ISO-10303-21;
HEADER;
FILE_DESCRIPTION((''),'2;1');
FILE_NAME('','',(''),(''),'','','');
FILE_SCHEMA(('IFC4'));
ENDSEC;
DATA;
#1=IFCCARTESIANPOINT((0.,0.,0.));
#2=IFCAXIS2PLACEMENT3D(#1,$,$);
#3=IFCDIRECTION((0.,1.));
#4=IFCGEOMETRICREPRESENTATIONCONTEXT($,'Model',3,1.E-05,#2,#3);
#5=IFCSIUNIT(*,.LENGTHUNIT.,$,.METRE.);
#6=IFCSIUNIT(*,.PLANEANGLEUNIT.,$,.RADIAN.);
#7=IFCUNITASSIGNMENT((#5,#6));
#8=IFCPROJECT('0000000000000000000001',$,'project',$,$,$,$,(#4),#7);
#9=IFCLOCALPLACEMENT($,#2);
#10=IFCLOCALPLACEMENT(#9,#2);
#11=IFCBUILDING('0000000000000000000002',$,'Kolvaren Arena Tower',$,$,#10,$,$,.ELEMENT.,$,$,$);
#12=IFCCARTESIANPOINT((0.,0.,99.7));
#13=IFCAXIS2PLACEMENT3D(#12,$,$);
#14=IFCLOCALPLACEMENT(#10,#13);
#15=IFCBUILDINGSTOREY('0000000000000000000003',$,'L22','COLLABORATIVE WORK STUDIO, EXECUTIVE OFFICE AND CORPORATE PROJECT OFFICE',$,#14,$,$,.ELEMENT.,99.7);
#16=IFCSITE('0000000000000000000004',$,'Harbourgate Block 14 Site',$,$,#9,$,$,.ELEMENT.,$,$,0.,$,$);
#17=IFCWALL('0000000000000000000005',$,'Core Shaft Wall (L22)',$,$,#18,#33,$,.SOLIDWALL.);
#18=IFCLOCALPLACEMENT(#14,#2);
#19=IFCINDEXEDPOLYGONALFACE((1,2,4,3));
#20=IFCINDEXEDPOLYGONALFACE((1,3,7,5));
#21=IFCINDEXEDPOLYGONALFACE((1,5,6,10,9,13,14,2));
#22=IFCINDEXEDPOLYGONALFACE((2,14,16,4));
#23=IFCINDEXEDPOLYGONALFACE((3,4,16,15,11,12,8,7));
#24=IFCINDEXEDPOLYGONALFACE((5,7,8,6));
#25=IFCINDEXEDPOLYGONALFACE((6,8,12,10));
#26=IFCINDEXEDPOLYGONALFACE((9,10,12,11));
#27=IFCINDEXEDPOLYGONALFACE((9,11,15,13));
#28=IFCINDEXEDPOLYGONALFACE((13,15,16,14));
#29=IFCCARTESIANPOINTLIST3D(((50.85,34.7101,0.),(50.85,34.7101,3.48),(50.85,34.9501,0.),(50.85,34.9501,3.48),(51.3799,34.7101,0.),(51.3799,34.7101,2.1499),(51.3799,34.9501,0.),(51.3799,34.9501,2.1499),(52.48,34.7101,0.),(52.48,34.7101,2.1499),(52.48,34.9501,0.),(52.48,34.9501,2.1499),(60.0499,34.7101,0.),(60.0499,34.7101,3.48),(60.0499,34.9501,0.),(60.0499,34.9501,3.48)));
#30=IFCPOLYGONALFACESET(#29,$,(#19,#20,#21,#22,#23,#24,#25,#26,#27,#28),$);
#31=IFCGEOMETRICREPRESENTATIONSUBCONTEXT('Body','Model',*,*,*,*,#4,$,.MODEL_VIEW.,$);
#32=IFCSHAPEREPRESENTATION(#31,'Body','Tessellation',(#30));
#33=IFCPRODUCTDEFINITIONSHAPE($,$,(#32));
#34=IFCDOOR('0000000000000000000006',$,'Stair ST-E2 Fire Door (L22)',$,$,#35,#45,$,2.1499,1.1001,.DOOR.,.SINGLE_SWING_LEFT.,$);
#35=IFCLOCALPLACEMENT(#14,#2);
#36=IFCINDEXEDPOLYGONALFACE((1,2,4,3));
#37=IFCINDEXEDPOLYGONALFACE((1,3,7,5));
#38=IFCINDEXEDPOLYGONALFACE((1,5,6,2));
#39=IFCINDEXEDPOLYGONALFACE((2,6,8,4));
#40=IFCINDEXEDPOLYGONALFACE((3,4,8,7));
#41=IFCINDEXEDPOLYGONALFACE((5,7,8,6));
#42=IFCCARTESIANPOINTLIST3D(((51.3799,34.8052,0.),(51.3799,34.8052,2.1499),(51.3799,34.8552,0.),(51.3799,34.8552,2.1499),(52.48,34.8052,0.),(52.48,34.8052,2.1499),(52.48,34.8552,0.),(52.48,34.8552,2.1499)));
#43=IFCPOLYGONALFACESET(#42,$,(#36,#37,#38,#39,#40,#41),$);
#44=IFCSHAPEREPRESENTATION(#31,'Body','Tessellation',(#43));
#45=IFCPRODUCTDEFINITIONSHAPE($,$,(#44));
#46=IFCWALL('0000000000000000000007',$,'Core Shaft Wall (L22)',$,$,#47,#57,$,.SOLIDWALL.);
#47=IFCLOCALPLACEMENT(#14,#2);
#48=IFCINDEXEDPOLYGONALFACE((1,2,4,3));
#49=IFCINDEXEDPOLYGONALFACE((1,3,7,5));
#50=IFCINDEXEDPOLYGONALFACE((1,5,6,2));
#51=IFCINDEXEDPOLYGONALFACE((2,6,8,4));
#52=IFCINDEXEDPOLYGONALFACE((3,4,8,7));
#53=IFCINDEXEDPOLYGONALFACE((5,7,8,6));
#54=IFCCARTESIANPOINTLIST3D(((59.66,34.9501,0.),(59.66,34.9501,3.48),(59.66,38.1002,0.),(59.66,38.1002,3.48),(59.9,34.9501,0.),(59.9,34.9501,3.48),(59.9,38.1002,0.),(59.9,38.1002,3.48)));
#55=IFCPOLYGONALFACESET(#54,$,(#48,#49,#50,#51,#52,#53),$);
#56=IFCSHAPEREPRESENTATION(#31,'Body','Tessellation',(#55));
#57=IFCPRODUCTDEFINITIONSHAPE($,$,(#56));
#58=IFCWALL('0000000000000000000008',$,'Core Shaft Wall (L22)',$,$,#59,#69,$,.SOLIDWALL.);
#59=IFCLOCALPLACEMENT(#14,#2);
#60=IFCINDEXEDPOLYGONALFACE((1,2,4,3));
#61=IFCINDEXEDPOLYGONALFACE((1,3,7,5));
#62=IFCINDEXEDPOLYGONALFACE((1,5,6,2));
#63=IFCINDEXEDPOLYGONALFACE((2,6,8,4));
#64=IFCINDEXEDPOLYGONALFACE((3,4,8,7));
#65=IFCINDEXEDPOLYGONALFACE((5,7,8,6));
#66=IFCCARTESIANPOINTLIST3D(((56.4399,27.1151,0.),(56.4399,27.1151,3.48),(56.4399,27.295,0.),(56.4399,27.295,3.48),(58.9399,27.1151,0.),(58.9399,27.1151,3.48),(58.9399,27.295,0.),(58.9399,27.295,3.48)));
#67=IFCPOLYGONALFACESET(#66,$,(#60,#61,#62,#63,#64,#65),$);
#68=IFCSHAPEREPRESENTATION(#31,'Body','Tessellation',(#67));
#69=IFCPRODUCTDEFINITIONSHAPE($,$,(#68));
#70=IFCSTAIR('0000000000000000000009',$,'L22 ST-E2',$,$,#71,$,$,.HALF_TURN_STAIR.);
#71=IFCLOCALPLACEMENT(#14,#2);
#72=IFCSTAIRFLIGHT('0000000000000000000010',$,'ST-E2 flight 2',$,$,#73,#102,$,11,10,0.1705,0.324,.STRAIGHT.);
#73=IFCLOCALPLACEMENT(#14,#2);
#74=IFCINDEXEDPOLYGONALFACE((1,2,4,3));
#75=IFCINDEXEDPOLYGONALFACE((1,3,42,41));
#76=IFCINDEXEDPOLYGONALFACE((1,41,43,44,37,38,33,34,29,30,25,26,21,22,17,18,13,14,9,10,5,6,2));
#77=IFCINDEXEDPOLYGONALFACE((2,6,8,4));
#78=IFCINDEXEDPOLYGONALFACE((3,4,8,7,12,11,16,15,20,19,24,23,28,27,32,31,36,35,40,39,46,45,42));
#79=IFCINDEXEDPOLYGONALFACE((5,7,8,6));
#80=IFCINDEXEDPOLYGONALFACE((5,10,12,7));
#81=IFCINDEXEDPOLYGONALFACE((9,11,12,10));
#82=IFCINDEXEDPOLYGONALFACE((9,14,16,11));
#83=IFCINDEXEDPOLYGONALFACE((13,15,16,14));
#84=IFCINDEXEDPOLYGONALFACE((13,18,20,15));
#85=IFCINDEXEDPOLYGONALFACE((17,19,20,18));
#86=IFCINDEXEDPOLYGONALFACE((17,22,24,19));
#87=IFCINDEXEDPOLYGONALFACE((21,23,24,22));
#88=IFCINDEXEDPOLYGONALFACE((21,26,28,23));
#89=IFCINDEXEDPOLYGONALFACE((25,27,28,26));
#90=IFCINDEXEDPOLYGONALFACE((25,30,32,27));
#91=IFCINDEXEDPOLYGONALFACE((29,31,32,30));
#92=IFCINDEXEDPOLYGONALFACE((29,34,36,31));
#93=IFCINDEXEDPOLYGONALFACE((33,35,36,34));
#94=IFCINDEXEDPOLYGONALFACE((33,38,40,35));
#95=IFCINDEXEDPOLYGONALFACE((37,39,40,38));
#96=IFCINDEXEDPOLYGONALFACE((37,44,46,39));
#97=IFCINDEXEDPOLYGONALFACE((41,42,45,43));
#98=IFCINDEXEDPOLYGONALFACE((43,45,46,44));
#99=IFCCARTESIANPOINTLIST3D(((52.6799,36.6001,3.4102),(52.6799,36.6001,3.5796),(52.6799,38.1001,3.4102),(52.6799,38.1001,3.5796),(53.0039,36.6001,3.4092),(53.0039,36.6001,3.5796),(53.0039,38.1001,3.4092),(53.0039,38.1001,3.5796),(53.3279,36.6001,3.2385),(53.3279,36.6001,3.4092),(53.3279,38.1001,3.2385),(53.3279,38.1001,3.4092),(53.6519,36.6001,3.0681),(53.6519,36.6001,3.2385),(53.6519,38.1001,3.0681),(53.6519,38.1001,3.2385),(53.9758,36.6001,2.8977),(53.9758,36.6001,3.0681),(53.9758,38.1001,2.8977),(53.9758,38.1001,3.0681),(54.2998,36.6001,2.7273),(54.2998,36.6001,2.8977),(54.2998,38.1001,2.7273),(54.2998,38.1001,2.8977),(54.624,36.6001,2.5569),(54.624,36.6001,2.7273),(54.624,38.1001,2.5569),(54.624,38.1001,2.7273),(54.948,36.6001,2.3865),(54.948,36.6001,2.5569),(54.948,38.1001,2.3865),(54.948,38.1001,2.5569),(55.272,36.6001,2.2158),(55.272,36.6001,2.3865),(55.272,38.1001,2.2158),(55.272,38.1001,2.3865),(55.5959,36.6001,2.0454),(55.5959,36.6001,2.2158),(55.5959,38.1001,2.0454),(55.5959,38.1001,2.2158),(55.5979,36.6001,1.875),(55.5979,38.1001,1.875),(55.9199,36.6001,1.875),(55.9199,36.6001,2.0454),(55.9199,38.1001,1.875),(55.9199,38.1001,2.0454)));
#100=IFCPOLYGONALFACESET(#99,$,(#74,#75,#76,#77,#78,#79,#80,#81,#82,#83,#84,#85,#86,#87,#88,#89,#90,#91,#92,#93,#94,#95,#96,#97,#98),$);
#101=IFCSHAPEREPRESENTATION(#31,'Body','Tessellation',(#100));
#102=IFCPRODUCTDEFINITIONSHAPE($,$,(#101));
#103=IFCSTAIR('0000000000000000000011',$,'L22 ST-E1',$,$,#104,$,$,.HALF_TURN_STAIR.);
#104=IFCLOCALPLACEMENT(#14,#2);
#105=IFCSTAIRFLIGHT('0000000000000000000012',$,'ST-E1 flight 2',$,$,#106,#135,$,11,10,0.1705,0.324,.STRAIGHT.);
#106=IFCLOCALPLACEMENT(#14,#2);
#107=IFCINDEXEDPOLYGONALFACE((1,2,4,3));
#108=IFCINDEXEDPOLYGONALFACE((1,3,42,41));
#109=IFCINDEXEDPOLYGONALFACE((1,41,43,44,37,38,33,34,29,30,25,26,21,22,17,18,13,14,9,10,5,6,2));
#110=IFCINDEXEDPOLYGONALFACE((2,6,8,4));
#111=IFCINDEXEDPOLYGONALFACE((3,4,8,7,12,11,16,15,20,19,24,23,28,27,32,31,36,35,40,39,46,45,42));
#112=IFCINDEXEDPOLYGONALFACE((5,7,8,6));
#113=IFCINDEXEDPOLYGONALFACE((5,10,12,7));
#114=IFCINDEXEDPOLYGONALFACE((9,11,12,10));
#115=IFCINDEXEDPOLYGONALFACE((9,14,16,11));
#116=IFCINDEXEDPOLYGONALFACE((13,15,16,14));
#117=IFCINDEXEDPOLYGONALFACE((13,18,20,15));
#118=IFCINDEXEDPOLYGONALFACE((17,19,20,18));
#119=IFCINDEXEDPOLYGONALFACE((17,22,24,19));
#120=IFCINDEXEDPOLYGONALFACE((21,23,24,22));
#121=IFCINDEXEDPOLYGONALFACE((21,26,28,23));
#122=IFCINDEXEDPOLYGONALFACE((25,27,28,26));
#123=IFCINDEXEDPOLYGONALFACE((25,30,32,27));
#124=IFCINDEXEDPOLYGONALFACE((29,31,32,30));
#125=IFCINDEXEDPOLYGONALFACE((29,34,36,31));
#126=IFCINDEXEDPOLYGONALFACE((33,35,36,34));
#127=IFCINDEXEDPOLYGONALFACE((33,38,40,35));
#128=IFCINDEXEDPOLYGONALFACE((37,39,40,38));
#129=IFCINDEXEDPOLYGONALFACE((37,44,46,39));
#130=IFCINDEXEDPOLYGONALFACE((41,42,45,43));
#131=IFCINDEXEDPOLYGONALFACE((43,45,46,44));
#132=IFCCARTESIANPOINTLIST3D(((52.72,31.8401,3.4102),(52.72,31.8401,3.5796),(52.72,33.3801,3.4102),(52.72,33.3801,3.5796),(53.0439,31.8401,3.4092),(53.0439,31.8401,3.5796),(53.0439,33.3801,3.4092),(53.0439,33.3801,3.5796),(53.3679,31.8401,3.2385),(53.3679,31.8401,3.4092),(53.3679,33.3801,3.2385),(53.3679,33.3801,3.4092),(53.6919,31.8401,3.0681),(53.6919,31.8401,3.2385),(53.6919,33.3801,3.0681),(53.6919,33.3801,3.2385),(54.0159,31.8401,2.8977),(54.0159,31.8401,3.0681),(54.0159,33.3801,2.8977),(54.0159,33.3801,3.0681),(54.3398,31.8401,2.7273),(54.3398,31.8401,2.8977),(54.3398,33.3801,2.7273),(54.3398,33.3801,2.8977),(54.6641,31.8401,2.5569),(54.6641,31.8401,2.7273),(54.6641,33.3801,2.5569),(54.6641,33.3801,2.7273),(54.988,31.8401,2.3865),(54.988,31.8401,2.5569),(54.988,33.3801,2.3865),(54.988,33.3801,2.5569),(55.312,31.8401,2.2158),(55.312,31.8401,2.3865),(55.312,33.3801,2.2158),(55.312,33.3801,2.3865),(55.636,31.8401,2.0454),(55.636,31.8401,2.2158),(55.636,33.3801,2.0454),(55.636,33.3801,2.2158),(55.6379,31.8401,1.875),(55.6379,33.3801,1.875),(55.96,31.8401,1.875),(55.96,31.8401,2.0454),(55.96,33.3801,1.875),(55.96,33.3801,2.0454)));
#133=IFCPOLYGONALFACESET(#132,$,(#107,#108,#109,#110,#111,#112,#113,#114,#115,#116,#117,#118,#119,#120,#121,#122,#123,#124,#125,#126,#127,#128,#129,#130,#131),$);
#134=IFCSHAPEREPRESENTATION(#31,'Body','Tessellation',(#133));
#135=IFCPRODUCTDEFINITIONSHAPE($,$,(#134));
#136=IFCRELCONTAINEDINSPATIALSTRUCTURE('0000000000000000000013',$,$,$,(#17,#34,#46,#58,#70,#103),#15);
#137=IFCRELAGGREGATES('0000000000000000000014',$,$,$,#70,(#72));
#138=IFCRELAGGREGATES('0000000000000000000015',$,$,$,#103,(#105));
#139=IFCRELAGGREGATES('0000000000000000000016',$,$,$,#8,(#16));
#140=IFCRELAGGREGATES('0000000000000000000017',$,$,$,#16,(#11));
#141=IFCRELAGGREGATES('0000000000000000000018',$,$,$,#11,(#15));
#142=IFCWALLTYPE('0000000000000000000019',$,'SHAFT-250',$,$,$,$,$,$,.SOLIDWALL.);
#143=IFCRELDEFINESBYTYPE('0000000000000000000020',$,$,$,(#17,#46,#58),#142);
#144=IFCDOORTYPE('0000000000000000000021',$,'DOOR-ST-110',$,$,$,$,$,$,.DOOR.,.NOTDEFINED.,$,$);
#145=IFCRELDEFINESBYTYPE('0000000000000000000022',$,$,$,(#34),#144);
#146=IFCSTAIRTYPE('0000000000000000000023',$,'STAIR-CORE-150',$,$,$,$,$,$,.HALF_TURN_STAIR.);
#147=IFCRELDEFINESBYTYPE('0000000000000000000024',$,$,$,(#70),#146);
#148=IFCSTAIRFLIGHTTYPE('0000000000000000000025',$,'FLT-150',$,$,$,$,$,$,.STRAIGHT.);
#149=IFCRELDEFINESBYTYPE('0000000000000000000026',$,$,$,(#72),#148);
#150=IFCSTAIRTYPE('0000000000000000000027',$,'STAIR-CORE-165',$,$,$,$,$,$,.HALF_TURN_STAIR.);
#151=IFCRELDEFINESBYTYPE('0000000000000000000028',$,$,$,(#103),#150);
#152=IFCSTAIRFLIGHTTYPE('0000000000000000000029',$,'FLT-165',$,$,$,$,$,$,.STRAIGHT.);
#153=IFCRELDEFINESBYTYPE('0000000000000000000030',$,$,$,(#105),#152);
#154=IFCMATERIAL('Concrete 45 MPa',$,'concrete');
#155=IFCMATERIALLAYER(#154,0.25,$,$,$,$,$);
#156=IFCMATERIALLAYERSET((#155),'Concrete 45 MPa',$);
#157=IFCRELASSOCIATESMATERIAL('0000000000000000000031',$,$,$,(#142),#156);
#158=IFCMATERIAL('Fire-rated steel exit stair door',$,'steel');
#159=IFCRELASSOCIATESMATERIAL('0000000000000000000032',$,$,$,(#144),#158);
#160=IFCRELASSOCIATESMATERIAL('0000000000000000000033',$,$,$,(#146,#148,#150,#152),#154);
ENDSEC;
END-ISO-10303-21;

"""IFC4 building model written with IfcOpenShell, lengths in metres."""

from ifc_helpers import new_model, si_unit, direction, frame, frame_2d, origin, place, context, subcontext, project, spatial, polyline, rectangle, outline, extrude, material, layer, layer_set, type_object, element, fill, aggregate, save


model = new_model("IFC4")

# Units and contexts
model_context = context("Model", 3, precision=1e-05, world=origin(), true_north=direction((0.0, 1.0)))
body_context = subcontext(model_context, "Body", "Model", "MODEL_VIEW")
ifc_project = project(units=[si_unit("LENGTHUNIT", "METRE"), si_unit("PLANEANGLEUNIT", "RADIAN")], contexts=[model_context])

# Site, building, storey
site_placement = place(None, origin())
site = spatial("IfcSite", under=ifc_project, at=site_placement, Name="Harbourgate Block 14 Site", CompositionType="ELEMENT", RefElevation=0.0)
building_placement = place(site_placement, origin())
building = spatial("IfcBuilding", under=site, at=building_placement, Name="Kolvaren Arena Tower", CompositionType="ELEMENT")
storey_placement = place(building_placement, frame((0.0, 0.0, 99.7)))
storey = spatial("IfcBuildingStorey", under=building, at=storey_placement, Name="L22", Description="COLLABORATIVE WORK STUDIO, EXECUTIVE OFFICE AND CORPORATE PROJECT OFFICE", CompositionType="ELEMENT", Elevation=99.7)

# Shared definitions
ifc_material_1 = material(Name="Concrete 45 MPa", Category="concrete")
ifc_layer = layer(ifc_material_1, 0.25)
ifc_layer_set = layer_set([ifc_layer], Name="Concrete 45 MPa")
wall_type = type_object("IfcWallType", Name="SHAFT-250", PredefinedType="SOLIDWALL", material=ifc_layer_set)
ifc_material_2 = material(Name="Fire-rated steel exit stair door", Category="steel")
door_type = type_object("IfcDoorType", Name="DOOR-ST-110", OperationType="NOTDEFINED", PredefinedType="DOOR", material=ifc_material_2)

# Wall, opening, door
wall_1_placement = place(storey_placement, frame((60.05, 34.8301, 0.0), z_axis=(0.0, 0.0, 1.0), x_axis=(-1.0, 0.0, 0.0)))
wall_1 = element("IfcWall", 1, at=wall_1_placement, inside=storey, type_object=wall_type, Name="Core Shaft Wall (L22)", PredefinedType="SOLIDWALL", context=body_context, shape_type="SweptSolid", body=[
    extrude(rectangle(XDim=9.2, YDim=0.24, at=frame_2d((4.6001, 0.0))), origin(), (0.0, 0.0, 1.0), 3.48),
])
opening_1_placement = place(wall_1_placement, frame((7.5701, 0.0, 0.0)))
opening_1 = element("IfcOpeningElement", 2, at=opening_1_placement, cuts=wall_1, PredefinedType="OPENING", context=body_context, shape_type="SweptSolid", body=[
    extrude(rectangle(XDim=1.1001, YDim=2.1499, at=frame_2d((0.55, 1.075))), frame((0.0, 0.1299, 0.0), z_axis=(0.0, -1.0, 0.0), x_axis=(1.0, 0.0, 0.0)), (0.0, 0.0, 1.0), 0.26),
])
door_1_placement = place(opening_1_placement, origin())
door_1 = element("IfcDoor", 3, at=door_1_placement, inside=storey, type_object=door_type, Name="Stair ST-E2 Fire Door (L22)", OperationType="SINGLE_SWING_LEFT", OverallHeight=2.1499, OverallWidth=1.1001, PredefinedType="DOOR", context=body_context, shape_type="SweptSolid", body=[
    extrude(rectangle(XDim=1.1001, YDim=2.1499, at=frame_2d((0.55, 1.075))), frame((0.0, 0.0249, 0.0), z_axis=(0.0, -1.0, 0.0), x_axis=(1.0, 0.0, 0.0)), (0.0, 0.0, 1.0), 0.05),
])
fill(opening_1, door_1)

# Walls
wall_2_placement = place(storey_placement, frame((59.78, 34.95, 0.0), z_axis=(0.0, 0.0, 1.0), x_axis=(0.0, 1.0, 0.0)))
element("IfcWall", 4, at=wall_2_placement, inside=storey, type_object=wall_type, Name="Core Shaft Wall (L22)", PredefinedType="SOLIDWALL", context=body_context, shape_type="SweptSolid", body=[
    extrude(rectangle(XDim=3.1501, YDim=0.24, at=frame_2d((1.5752, 0.0))), origin(), (0.0, 0.0, 1.0), 3.48),
])
wall_3_placement = place(storey_placement, frame((56.4399, 27.2051, 0.0), z_axis=(0.0, 0.0, 1.0), x_axis=(1.0, 0.0, 0.0)))
element("IfcWall", 5, at=wall_3_placement, inside=storey, type_object=wall_type, Name="Core Shaft Wall (L22)", PredefinedType="SOLIDWALL", context=body_context, shape_type="SweptSolid", body=[
    extrude(rectangle(XDim=2.5, YDim=0.1799, at=frame_2d((1.25, 0.0))), origin(), (0.0, 0.0, 1.0), 3.48),
])

# Stairs, stair flights
stair_type_1 = type_object("IfcStairType", Name="STAIR-CORE-150", PredefinedType="HALF_TURN_STAIR", material=ifc_material_1)
stair_1_placement = place(storey_placement, origin())
stair_1 = element("IfcStair", 6, at=stair_1_placement, inside=storey, type_object=stair_type_1, Name="L22 ST-E2", PredefinedType="HALF_TURN_STAIR")
stair_flight_type_1 = type_object("IfcStairFlightType", Name="FLT-150", PredefinedType="STRAIGHT", material=ifc_material_1)
stair_flight_1_placement = place(storey_placement, frame((55.9199, 37.3501, 1.875), z_axis=(0.0, 0.0, 1.0), x_axis=(-1.0, 0.0, 0.0)))
stair_flight_1 = element("IfcStairFlight", 7, at=stair_flight_1_placement, type_object=stair_flight_type_1, Name="ST-E2 flight 2", NumberOfRisers=11, NumberOfTreads=10, PredefinedType="STRAIGHT", RiserHeight=0.1705, TreadLength=0.324, context=body_context, shape_type="SweptSolid", body=[
    extrude(outline(polyline([(0.0, 0.0), (0.0, 0.1704), (0.324, 0.1704), (0.324, 0.3408), (0.6479, 0.3408), (0.6479, 0.5115), (0.9719, 0.5115), (0.9719, 0.6819), (1.2959, 0.6819), (1.2959, 0.8523), (1.6201, 0.8523), (1.6201, 1.0227), (1.9441, 1.0227), (1.9441, 1.1931), (2.2681, 1.1931), (2.2681, 1.3635), (2.592, 1.3635), (2.592, 1.5342), (2.916, 1.5342), (2.916, 1.7046), (3.24, 1.7046), (3.24, 1.875), (3.24, 1.5352), (0.322, 0.0), (0.0, 0.0)])), frame((0.0, 0.75, 0.0), z_axis=(0.0, -1.0, 0.0), x_axis=(1.0, 0.0, 0.0)), (0.0, 0.0, 1.0), 1.5),
])
aggregate(stair_1, [stair_flight_1])
stair_type_2 = type_object("IfcStairType", Name="STAIR-CORE-165", PredefinedType="HALF_TURN_STAIR", material=ifc_material_1)
stair_2_placement = place(storey_placement, origin())
stair_2 = element("IfcStair", 8, at=stair_2_placement, inside=storey, type_object=stair_type_2, Name="L22 ST-E1", PredefinedType="HALF_TURN_STAIR")
stair_flight_type_2 = type_object("IfcStairFlightType", Name="FLT-165", PredefinedType="STRAIGHT", material=ifc_material_1)
stair_flight_2_placement = place(storey_placement, frame((55.96, 32.6101, 1.875), z_axis=(0.0, 0.0, 1.0), x_axis=(-1.0, 0.0, 0.0)))
stair_flight_2 = element("IfcStairFlight", 9, at=stair_flight_2_placement, type_object=stair_flight_type_2, Name="ST-E1 flight 2", NumberOfRisers=11, NumberOfTreads=10, PredefinedType="STRAIGHT", RiserHeight=0.1705, TreadLength=0.324, context=body_context, shape_type="SweptSolid", body=[
    extrude(outline(polyline([(0.0, 0.0), (0.0, 0.1704), (0.324, 0.1704), (0.324, 0.3408), (0.6479, 0.3408), (0.6479, 0.5115), (0.9719, 0.5115), (0.9719, 0.6819), (1.2959, 0.6819), (1.2959, 0.8523), (1.6201, 0.8523), (1.6201, 1.0227), (1.9441, 1.0227), (1.9441, 1.1931), (2.2681, 1.1931), (2.2681, 1.3635), (2.592, 1.3635), (2.592, 1.5342), (2.916, 1.5342), (2.916, 1.7046), (3.24, 1.7046), (3.24, 1.875), (3.24, 1.5352), (0.322, 0.0), (0.0, 0.0)])), frame((0.0, 0.77, 0.0), z_axis=(0.0, -1.0, 0.0), x_axis=(1.0, 0.0, 0.0)), (0.0, 0.0, 1.0), 1.54),
])
aggregate(stair_2, [stair_flight_2])

save(model, "model.ifc")
